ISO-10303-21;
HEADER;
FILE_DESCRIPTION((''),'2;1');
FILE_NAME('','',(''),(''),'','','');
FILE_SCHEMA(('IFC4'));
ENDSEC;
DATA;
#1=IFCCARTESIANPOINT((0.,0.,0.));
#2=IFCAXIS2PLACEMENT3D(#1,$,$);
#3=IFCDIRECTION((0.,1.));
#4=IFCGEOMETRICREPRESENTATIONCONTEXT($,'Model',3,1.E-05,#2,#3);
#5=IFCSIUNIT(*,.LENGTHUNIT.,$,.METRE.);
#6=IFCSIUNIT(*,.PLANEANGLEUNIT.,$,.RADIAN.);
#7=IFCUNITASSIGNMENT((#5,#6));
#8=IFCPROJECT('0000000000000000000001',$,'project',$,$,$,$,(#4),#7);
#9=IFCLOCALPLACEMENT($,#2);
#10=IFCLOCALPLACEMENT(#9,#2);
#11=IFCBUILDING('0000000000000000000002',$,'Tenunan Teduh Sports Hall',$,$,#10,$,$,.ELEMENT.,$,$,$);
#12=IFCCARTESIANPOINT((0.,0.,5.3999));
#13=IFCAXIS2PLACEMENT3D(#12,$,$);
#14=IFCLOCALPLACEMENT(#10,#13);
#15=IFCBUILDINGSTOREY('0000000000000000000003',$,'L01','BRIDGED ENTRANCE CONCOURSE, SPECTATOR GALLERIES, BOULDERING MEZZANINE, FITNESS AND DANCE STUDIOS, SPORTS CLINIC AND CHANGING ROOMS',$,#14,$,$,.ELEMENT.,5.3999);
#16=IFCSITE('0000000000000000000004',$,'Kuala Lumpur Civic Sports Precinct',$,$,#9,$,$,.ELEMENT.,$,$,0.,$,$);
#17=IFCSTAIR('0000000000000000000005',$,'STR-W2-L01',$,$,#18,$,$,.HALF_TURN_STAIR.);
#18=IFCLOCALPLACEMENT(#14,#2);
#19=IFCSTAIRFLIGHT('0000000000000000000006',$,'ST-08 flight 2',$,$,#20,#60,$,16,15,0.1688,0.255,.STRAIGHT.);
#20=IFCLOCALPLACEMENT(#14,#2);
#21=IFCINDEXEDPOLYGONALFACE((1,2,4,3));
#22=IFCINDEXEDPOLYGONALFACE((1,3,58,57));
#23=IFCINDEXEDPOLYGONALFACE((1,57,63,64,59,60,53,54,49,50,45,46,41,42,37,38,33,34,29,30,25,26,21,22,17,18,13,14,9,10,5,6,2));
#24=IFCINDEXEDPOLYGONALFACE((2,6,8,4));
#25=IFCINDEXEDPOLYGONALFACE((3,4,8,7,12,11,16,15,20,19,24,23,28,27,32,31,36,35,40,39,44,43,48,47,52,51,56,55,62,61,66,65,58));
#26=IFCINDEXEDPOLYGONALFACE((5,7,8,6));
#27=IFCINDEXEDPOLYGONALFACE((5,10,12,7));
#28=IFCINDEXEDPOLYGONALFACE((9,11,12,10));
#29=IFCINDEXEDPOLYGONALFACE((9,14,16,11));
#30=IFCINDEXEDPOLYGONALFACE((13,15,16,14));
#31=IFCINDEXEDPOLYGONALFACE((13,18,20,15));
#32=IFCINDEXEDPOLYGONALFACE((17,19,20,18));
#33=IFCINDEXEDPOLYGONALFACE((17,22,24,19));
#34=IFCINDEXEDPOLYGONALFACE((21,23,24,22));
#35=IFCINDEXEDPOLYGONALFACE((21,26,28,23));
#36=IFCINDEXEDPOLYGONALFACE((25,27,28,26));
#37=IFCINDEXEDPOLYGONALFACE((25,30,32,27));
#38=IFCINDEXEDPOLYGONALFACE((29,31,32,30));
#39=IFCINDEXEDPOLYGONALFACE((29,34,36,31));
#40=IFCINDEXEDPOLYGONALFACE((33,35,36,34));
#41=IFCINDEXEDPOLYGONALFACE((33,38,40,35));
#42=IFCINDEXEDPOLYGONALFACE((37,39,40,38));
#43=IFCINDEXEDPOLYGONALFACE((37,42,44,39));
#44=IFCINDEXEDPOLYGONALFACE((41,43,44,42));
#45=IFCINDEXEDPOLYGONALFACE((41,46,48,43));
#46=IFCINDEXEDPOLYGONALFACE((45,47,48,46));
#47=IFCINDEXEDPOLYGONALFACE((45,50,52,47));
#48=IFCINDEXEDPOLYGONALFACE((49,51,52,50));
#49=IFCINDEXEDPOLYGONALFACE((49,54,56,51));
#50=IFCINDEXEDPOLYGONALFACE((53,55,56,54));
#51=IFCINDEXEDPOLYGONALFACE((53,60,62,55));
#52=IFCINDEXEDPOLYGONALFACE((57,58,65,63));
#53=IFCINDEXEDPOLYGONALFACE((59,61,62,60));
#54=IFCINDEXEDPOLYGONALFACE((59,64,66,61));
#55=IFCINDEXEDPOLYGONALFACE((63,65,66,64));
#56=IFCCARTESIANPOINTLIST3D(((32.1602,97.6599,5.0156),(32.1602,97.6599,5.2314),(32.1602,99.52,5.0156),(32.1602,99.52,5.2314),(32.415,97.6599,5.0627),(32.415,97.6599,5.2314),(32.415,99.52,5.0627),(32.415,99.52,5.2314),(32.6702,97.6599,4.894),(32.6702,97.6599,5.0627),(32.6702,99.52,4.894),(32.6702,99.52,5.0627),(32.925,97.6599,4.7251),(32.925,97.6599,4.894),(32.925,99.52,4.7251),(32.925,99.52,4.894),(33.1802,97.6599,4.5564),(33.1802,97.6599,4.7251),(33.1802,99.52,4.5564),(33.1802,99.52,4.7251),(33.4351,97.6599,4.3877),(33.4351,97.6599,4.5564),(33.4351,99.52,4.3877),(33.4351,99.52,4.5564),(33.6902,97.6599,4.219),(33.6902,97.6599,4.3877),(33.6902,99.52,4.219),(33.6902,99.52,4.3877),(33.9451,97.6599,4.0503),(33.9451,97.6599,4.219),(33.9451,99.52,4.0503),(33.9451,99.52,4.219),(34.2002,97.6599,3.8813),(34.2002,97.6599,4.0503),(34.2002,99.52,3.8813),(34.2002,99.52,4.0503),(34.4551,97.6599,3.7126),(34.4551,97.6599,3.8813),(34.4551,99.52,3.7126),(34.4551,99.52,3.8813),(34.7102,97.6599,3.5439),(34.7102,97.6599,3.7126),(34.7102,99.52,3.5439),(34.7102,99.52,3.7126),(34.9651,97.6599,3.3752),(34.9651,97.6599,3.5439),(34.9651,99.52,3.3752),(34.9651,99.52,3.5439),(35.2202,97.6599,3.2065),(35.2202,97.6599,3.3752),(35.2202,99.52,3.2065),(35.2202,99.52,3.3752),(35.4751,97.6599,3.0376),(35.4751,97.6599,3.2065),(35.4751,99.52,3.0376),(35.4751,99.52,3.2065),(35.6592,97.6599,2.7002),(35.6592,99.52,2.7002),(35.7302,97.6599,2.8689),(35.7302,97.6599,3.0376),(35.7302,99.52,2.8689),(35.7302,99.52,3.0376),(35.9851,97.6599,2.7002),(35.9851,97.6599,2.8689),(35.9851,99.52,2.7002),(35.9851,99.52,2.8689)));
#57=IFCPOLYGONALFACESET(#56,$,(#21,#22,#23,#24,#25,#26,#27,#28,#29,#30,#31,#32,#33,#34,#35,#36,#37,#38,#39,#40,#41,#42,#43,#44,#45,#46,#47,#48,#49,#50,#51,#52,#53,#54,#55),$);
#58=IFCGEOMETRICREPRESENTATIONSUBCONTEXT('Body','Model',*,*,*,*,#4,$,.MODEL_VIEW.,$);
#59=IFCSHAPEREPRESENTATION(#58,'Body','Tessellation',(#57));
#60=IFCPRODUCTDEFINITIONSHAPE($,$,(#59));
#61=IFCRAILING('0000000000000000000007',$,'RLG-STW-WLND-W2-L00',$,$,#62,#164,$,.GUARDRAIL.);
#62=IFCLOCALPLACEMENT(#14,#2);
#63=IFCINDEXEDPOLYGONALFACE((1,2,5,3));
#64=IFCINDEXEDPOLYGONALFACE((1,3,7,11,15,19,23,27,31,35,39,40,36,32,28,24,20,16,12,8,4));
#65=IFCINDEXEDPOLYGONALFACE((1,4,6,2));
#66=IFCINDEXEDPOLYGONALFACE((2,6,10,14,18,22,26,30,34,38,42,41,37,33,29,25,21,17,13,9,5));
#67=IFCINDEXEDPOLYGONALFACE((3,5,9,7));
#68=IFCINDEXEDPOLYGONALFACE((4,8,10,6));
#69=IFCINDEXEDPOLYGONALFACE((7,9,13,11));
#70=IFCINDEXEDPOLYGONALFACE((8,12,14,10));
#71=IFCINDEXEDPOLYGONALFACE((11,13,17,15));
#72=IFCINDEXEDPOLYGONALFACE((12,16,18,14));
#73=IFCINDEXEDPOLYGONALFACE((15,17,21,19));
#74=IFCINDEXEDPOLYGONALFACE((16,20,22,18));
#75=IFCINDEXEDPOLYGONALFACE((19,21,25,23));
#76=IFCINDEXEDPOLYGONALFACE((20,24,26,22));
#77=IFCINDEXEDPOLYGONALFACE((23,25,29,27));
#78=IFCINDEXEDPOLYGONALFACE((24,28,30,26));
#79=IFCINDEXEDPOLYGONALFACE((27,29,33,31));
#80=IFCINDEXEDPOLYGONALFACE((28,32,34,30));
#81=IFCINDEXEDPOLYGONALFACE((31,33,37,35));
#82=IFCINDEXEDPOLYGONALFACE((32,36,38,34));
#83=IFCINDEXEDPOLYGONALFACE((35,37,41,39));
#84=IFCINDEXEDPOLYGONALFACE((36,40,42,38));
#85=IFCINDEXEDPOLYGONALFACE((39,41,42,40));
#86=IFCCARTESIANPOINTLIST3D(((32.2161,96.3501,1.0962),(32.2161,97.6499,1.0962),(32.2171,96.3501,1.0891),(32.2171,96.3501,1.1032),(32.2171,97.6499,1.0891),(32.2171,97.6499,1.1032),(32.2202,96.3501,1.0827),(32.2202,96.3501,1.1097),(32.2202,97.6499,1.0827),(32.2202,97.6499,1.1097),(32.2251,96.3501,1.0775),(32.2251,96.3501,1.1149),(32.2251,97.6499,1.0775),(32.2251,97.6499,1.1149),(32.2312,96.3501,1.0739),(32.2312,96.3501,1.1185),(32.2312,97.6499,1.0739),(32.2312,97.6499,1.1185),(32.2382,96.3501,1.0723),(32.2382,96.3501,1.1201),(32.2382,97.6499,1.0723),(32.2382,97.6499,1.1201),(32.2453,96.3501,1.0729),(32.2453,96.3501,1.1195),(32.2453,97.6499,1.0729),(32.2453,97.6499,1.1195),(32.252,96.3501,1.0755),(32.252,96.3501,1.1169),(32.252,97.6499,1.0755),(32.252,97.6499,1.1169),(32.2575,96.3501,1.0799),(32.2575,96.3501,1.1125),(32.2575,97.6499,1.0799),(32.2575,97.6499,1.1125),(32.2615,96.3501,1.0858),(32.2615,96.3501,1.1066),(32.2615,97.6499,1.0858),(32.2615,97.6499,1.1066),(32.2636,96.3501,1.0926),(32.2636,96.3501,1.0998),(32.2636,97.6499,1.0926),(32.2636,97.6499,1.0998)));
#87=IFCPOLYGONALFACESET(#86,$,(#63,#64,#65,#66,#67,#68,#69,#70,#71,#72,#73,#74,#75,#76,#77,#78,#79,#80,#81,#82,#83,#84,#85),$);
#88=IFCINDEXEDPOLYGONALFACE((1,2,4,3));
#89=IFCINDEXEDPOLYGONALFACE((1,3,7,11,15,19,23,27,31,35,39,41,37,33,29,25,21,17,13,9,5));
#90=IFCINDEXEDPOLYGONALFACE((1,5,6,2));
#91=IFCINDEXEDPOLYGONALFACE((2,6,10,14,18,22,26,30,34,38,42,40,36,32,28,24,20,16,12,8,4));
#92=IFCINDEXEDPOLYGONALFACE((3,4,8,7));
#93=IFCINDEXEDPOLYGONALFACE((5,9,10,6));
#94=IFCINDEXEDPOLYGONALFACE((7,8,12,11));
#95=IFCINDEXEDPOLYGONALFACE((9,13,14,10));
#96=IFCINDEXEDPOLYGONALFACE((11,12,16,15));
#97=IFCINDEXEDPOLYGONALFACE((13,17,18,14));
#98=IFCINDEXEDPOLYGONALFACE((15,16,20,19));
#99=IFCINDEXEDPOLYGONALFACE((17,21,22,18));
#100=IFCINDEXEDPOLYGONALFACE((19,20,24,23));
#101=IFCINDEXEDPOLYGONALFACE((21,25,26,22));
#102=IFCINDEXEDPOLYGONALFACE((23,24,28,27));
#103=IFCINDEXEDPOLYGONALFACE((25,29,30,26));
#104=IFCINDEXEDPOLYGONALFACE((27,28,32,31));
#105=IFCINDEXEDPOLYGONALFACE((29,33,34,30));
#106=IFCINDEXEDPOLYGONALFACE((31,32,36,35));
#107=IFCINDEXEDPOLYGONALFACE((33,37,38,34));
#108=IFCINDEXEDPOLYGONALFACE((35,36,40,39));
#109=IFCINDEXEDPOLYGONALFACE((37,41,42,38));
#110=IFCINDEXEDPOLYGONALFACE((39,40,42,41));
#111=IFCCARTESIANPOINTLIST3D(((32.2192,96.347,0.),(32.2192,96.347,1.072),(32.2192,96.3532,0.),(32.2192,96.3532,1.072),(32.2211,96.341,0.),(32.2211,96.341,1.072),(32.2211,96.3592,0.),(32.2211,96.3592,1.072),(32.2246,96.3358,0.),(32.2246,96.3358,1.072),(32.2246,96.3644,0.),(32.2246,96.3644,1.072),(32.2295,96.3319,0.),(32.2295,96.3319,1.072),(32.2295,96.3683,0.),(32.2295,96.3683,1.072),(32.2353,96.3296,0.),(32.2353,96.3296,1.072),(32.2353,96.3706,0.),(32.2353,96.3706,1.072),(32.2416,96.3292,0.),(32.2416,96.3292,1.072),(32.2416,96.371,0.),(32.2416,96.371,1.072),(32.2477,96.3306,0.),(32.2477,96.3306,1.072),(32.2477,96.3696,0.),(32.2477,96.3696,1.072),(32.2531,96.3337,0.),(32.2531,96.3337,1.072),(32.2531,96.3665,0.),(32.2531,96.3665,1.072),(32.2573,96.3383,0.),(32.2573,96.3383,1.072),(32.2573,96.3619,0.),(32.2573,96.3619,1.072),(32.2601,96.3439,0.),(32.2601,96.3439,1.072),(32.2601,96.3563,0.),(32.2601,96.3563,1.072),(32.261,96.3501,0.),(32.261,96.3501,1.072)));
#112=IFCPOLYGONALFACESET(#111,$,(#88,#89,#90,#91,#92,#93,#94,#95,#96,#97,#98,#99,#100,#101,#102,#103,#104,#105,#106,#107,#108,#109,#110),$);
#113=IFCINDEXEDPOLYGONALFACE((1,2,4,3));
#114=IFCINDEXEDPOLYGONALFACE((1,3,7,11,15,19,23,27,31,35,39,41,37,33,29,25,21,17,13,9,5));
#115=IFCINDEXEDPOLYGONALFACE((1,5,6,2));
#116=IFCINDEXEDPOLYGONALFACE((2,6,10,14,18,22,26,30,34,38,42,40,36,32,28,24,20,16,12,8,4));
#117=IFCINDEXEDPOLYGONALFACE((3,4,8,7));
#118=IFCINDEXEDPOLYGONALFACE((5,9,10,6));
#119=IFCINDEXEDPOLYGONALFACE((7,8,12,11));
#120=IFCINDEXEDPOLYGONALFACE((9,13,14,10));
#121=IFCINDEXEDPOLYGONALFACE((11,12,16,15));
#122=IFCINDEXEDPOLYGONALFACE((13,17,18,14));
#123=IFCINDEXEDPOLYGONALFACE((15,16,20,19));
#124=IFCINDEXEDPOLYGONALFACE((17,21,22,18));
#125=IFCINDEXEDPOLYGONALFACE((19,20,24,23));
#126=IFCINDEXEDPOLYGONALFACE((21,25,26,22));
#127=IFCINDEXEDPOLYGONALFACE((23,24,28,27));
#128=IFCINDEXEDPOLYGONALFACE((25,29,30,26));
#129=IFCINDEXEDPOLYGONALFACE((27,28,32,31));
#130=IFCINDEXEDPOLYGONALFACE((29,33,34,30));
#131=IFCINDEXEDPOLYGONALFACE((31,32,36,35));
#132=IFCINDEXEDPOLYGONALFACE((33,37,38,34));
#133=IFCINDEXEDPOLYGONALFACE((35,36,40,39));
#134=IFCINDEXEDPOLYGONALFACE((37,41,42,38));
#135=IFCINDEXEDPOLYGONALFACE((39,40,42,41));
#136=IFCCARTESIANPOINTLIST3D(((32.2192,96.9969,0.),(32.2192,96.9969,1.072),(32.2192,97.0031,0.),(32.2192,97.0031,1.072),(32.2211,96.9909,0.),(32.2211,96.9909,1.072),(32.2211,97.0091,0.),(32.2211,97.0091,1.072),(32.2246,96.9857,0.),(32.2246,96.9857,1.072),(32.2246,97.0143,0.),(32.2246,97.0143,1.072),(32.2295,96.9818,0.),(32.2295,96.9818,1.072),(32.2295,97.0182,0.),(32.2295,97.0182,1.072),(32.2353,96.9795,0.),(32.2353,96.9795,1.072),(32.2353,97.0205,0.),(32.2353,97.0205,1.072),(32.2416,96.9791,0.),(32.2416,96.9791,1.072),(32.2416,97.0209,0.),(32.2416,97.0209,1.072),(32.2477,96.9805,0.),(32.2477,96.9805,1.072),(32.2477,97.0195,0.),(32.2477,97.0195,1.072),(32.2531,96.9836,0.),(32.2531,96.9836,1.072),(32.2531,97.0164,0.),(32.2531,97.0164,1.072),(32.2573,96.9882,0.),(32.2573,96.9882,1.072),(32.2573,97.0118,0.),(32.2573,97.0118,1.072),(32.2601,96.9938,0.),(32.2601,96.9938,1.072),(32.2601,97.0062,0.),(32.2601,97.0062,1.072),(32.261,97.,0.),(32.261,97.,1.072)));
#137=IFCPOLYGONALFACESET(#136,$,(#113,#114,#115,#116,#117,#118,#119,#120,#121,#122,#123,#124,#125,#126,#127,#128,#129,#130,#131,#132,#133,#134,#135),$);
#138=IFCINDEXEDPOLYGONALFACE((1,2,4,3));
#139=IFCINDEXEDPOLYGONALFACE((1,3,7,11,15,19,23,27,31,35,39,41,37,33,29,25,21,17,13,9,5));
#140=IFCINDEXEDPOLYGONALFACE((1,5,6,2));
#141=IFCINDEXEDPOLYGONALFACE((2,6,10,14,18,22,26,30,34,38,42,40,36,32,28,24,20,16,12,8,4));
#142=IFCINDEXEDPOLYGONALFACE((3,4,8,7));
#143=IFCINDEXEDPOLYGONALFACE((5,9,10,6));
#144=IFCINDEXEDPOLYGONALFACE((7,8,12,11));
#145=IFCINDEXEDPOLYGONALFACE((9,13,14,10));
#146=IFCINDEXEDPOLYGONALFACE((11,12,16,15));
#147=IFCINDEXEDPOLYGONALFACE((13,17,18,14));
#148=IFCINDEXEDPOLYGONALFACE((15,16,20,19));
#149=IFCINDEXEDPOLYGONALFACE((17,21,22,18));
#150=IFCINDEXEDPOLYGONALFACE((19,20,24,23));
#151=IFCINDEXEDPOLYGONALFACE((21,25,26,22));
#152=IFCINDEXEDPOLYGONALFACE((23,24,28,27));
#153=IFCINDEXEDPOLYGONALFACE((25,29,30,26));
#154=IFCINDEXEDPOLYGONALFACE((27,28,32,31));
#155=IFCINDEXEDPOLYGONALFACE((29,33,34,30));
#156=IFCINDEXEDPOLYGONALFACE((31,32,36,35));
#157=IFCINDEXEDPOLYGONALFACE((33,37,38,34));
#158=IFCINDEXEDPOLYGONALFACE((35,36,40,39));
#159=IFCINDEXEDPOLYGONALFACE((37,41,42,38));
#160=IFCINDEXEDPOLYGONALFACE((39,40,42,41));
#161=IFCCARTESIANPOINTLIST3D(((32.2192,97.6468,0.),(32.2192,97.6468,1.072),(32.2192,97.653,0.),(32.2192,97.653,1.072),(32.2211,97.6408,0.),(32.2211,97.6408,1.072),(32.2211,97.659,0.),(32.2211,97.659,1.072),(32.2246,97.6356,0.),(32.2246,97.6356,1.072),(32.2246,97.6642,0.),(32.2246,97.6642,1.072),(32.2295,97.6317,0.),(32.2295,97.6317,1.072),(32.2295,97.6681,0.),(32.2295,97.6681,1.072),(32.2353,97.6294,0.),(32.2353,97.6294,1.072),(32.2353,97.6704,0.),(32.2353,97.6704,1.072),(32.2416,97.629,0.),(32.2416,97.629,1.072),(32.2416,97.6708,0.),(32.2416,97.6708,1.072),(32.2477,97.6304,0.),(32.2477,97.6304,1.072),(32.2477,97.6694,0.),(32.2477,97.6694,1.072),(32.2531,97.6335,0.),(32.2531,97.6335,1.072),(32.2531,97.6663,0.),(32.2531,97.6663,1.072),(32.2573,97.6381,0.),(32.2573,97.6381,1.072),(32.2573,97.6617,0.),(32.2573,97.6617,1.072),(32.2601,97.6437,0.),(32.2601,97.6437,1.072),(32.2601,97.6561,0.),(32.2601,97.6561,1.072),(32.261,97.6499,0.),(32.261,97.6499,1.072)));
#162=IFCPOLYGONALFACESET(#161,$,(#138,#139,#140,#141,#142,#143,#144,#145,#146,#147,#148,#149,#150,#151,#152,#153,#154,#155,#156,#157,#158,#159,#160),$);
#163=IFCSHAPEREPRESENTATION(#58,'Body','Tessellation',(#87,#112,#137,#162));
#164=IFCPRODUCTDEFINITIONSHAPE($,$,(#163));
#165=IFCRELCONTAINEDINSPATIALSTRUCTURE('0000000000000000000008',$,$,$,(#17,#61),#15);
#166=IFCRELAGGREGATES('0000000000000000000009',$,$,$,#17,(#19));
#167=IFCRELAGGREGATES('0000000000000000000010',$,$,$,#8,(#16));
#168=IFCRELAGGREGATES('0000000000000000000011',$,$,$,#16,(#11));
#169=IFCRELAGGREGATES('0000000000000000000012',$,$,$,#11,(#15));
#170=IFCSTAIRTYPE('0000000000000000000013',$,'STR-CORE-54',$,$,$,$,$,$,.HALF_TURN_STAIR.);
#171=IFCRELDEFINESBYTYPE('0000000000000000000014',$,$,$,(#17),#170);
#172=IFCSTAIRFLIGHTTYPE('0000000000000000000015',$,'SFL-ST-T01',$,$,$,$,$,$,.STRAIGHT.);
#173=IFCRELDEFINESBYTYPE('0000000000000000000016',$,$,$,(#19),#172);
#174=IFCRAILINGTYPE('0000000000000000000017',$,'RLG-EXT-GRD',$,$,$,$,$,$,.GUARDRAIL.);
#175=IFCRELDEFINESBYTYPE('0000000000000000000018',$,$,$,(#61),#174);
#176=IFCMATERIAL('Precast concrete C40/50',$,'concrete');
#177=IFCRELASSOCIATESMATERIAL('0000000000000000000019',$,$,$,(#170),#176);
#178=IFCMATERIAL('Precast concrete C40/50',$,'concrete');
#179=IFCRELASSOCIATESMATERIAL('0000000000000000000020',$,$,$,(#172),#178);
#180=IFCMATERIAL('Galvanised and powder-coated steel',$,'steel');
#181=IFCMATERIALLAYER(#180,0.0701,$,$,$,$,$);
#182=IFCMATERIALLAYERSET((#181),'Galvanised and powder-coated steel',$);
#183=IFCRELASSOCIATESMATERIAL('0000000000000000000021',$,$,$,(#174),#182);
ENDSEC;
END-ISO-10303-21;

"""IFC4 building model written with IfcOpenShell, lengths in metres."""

from ifc_helpers import new_model, si_unit, direction, frame, origin, origin_2d, place, context, subcontext, project, spatial, polyline, circle, outline, extrude, material, layer, layer_set, type_object, element, aggregate, save


model = new_model("IFC4")

# Units and contexts
model_context = context("Model", 3, precision=1e-05, world=origin(), true_north=direction((0.0, 1.0)))
body_context = subcontext(model_context, "Body", "Model", "MODEL_VIEW")
ifc_project = project(units=[si_unit("LENGTHUNIT", "METRE"), si_unit("PLANEANGLEUNIT", "RADIAN")], contexts=[model_context])

# Site, building, storey
site_placement = place(None, origin())
site = spatial("IfcSite", under=ifc_project, at=site_placement, Name="Kuala Lumpur Civic Sports Precinct", CompositionType="ELEMENT", RefElevation=0.0)
building_placement = place(site_placement, origin())
building = spatial("IfcBuilding", under=site, at=building_placement, Name="Tenunan Teduh Sports Hall", CompositionType="ELEMENT")
storey_placement = place(building_placement, frame((0.0, 0.0, 5.3999)))
storey = spatial("IfcBuildingStorey", under=building, at=storey_placement, Name="L01", Description="BRIDGED ENTRANCE CONCOURSE, SPECTATOR GALLERIES, BOULDERING MEZZANINE, FITNESS AND DANCE STUDIOS, SPORTS CLINIC AND CHANGING ROOMS", CompositionType="ELEMENT", Elevation=5.3999)

# Stair, stair flight
ifc_material_1 = material(Name="Precast concrete C40/50", Category="concrete")
stair_type = type_object("IfcStairType", Name="STR-CORE-54", PredefinedType="HALF_TURN_STAIR", material=ifc_material_1)
stair_placement = place(storey_placement, origin())
stair = element("IfcStair", 1, at=stair_placement, inside=storey, type_object=stair_type, Name="STR-W2-L01", PredefinedType="HALF_TURN_STAIR")
ifc_material_2 = material(Name="Precast concrete C40/50", Category="concrete")
stair_flight_type = type_object("IfcStairFlightType", Name="SFL-ST-T01", PredefinedType="STRAIGHT", material=ifc_material_2)
stair_flight_placement = place(storey_placement, frame((35.9851, 98.5901, 2.7002), z_axis=(0.0, 0.0, 1.0), x_axis=(-1.0, 0.0, 0.0)))
stair_flight = element("IfcStairFlight", 2, at=stair_flight_placement, type_object=stair_flight_type, Name="ST-08 flight 2", NumberOfRisers=16, NumberOfTreads=15, PredefinedType="STRAIGHT", RiserHeight=0.1688, TreadLength=0.255, context=body_context, shape_type="SweptSolid", body=[
    extrude(outline(polyline([(0.0, 0.0), (0.0, 0.1687), (0.2549, 0.1687), (0.2549, 0.3374), (0.51, 0.3374), (0.51, 0.5063), (0.7649, 0.5063), (0.7649, 0.675), (1.02, 0.675), (1.02, 0.8438), (1.2749, 0.8438), (1.2749, 1.0125), (1.53, 1.0125), (1.53, 1.1812), (1.7849, 1.1812), (1.7849, 1.3501), (2.04, 1.3501), (2.04, 1.5188), (2.2949, 1.5188), (2.2949, 1.6875), (2.55, 1.6875), (2.55, 1.8562), (2.8049, 1.8562), (2.8049, 2.0249), (3.0601, 2.0249), (3.0601, 2.1938), (3.3149, 2.1938), (3.3149, 2.3625), (3.5701, 2.3625), (3.5701, 2.5312), (3.825, 2.5312), (3.825, 2.7), (3.825, 2.3154), (0.3259, 0.0), (0.0, 0.0)])), frame((0.0, 0.9302, 0.0), z_axis=(0.0, -1.0, 0.0), x_axis=(1.0, 0.0, 0.0)), (0.0, 0.0, 1.0), 1.8601),
])

# Railing
ifc_material_3 = material(Name="Galvanised and powder-coated steel", Category="steel")
ifc_layer_1 = layer(ifc_material_3, 0.0701)
ifc_layer_set_1 = layer_set([ifc_layer_1], Name="Galvanised and powder-coated steel")
railing_type_1 = type_object("IfcRailingType", Name="RLG-EXT-GRD", PredefinedType="GUARDRAIL", material=ifc_layer_set_1)
railing_1_placement = place(storey_placement, frame((32.24, 96.3501, 0.0)))
element("IfcRailing", 3, at=railing_1_placement, inside=storey, type_object=railing_type_1, Name="RLG-STW-WLND-W2-L00", PredefinedType="GUARDRAIL", context=body_context, shape_type="SweptSolid", body=[
    extrude(circle(Radius=0.0239, at=origin_2d()), frame((0.0, 0.0, 1.0962), z_axis=(0.0, 1.0, 0.0), x_axis=(-1.0, 0.0, 0.0)), (0.0, 0.0, 1.0), 1.2998),
    extrude(circle(Radius=0.021, at=origin_2d()), origin(), (0.0, 0.0, 1.0), 1.072),
    extrude(circle(Radius=0.021, at=origin_2d()), frame((0.0, 0.6499, 0.0)), (0.0, 0.0, 1.0), 1.072),
    extrude(circle(Radius=0.021, at=origin_2d()), frame((0.0, 1.2998, 0.0)), (0.0, 0.0, 1.0), 1.072),
])

aggregate(stair, [stair_flight])

save(model, "model.ifc")
